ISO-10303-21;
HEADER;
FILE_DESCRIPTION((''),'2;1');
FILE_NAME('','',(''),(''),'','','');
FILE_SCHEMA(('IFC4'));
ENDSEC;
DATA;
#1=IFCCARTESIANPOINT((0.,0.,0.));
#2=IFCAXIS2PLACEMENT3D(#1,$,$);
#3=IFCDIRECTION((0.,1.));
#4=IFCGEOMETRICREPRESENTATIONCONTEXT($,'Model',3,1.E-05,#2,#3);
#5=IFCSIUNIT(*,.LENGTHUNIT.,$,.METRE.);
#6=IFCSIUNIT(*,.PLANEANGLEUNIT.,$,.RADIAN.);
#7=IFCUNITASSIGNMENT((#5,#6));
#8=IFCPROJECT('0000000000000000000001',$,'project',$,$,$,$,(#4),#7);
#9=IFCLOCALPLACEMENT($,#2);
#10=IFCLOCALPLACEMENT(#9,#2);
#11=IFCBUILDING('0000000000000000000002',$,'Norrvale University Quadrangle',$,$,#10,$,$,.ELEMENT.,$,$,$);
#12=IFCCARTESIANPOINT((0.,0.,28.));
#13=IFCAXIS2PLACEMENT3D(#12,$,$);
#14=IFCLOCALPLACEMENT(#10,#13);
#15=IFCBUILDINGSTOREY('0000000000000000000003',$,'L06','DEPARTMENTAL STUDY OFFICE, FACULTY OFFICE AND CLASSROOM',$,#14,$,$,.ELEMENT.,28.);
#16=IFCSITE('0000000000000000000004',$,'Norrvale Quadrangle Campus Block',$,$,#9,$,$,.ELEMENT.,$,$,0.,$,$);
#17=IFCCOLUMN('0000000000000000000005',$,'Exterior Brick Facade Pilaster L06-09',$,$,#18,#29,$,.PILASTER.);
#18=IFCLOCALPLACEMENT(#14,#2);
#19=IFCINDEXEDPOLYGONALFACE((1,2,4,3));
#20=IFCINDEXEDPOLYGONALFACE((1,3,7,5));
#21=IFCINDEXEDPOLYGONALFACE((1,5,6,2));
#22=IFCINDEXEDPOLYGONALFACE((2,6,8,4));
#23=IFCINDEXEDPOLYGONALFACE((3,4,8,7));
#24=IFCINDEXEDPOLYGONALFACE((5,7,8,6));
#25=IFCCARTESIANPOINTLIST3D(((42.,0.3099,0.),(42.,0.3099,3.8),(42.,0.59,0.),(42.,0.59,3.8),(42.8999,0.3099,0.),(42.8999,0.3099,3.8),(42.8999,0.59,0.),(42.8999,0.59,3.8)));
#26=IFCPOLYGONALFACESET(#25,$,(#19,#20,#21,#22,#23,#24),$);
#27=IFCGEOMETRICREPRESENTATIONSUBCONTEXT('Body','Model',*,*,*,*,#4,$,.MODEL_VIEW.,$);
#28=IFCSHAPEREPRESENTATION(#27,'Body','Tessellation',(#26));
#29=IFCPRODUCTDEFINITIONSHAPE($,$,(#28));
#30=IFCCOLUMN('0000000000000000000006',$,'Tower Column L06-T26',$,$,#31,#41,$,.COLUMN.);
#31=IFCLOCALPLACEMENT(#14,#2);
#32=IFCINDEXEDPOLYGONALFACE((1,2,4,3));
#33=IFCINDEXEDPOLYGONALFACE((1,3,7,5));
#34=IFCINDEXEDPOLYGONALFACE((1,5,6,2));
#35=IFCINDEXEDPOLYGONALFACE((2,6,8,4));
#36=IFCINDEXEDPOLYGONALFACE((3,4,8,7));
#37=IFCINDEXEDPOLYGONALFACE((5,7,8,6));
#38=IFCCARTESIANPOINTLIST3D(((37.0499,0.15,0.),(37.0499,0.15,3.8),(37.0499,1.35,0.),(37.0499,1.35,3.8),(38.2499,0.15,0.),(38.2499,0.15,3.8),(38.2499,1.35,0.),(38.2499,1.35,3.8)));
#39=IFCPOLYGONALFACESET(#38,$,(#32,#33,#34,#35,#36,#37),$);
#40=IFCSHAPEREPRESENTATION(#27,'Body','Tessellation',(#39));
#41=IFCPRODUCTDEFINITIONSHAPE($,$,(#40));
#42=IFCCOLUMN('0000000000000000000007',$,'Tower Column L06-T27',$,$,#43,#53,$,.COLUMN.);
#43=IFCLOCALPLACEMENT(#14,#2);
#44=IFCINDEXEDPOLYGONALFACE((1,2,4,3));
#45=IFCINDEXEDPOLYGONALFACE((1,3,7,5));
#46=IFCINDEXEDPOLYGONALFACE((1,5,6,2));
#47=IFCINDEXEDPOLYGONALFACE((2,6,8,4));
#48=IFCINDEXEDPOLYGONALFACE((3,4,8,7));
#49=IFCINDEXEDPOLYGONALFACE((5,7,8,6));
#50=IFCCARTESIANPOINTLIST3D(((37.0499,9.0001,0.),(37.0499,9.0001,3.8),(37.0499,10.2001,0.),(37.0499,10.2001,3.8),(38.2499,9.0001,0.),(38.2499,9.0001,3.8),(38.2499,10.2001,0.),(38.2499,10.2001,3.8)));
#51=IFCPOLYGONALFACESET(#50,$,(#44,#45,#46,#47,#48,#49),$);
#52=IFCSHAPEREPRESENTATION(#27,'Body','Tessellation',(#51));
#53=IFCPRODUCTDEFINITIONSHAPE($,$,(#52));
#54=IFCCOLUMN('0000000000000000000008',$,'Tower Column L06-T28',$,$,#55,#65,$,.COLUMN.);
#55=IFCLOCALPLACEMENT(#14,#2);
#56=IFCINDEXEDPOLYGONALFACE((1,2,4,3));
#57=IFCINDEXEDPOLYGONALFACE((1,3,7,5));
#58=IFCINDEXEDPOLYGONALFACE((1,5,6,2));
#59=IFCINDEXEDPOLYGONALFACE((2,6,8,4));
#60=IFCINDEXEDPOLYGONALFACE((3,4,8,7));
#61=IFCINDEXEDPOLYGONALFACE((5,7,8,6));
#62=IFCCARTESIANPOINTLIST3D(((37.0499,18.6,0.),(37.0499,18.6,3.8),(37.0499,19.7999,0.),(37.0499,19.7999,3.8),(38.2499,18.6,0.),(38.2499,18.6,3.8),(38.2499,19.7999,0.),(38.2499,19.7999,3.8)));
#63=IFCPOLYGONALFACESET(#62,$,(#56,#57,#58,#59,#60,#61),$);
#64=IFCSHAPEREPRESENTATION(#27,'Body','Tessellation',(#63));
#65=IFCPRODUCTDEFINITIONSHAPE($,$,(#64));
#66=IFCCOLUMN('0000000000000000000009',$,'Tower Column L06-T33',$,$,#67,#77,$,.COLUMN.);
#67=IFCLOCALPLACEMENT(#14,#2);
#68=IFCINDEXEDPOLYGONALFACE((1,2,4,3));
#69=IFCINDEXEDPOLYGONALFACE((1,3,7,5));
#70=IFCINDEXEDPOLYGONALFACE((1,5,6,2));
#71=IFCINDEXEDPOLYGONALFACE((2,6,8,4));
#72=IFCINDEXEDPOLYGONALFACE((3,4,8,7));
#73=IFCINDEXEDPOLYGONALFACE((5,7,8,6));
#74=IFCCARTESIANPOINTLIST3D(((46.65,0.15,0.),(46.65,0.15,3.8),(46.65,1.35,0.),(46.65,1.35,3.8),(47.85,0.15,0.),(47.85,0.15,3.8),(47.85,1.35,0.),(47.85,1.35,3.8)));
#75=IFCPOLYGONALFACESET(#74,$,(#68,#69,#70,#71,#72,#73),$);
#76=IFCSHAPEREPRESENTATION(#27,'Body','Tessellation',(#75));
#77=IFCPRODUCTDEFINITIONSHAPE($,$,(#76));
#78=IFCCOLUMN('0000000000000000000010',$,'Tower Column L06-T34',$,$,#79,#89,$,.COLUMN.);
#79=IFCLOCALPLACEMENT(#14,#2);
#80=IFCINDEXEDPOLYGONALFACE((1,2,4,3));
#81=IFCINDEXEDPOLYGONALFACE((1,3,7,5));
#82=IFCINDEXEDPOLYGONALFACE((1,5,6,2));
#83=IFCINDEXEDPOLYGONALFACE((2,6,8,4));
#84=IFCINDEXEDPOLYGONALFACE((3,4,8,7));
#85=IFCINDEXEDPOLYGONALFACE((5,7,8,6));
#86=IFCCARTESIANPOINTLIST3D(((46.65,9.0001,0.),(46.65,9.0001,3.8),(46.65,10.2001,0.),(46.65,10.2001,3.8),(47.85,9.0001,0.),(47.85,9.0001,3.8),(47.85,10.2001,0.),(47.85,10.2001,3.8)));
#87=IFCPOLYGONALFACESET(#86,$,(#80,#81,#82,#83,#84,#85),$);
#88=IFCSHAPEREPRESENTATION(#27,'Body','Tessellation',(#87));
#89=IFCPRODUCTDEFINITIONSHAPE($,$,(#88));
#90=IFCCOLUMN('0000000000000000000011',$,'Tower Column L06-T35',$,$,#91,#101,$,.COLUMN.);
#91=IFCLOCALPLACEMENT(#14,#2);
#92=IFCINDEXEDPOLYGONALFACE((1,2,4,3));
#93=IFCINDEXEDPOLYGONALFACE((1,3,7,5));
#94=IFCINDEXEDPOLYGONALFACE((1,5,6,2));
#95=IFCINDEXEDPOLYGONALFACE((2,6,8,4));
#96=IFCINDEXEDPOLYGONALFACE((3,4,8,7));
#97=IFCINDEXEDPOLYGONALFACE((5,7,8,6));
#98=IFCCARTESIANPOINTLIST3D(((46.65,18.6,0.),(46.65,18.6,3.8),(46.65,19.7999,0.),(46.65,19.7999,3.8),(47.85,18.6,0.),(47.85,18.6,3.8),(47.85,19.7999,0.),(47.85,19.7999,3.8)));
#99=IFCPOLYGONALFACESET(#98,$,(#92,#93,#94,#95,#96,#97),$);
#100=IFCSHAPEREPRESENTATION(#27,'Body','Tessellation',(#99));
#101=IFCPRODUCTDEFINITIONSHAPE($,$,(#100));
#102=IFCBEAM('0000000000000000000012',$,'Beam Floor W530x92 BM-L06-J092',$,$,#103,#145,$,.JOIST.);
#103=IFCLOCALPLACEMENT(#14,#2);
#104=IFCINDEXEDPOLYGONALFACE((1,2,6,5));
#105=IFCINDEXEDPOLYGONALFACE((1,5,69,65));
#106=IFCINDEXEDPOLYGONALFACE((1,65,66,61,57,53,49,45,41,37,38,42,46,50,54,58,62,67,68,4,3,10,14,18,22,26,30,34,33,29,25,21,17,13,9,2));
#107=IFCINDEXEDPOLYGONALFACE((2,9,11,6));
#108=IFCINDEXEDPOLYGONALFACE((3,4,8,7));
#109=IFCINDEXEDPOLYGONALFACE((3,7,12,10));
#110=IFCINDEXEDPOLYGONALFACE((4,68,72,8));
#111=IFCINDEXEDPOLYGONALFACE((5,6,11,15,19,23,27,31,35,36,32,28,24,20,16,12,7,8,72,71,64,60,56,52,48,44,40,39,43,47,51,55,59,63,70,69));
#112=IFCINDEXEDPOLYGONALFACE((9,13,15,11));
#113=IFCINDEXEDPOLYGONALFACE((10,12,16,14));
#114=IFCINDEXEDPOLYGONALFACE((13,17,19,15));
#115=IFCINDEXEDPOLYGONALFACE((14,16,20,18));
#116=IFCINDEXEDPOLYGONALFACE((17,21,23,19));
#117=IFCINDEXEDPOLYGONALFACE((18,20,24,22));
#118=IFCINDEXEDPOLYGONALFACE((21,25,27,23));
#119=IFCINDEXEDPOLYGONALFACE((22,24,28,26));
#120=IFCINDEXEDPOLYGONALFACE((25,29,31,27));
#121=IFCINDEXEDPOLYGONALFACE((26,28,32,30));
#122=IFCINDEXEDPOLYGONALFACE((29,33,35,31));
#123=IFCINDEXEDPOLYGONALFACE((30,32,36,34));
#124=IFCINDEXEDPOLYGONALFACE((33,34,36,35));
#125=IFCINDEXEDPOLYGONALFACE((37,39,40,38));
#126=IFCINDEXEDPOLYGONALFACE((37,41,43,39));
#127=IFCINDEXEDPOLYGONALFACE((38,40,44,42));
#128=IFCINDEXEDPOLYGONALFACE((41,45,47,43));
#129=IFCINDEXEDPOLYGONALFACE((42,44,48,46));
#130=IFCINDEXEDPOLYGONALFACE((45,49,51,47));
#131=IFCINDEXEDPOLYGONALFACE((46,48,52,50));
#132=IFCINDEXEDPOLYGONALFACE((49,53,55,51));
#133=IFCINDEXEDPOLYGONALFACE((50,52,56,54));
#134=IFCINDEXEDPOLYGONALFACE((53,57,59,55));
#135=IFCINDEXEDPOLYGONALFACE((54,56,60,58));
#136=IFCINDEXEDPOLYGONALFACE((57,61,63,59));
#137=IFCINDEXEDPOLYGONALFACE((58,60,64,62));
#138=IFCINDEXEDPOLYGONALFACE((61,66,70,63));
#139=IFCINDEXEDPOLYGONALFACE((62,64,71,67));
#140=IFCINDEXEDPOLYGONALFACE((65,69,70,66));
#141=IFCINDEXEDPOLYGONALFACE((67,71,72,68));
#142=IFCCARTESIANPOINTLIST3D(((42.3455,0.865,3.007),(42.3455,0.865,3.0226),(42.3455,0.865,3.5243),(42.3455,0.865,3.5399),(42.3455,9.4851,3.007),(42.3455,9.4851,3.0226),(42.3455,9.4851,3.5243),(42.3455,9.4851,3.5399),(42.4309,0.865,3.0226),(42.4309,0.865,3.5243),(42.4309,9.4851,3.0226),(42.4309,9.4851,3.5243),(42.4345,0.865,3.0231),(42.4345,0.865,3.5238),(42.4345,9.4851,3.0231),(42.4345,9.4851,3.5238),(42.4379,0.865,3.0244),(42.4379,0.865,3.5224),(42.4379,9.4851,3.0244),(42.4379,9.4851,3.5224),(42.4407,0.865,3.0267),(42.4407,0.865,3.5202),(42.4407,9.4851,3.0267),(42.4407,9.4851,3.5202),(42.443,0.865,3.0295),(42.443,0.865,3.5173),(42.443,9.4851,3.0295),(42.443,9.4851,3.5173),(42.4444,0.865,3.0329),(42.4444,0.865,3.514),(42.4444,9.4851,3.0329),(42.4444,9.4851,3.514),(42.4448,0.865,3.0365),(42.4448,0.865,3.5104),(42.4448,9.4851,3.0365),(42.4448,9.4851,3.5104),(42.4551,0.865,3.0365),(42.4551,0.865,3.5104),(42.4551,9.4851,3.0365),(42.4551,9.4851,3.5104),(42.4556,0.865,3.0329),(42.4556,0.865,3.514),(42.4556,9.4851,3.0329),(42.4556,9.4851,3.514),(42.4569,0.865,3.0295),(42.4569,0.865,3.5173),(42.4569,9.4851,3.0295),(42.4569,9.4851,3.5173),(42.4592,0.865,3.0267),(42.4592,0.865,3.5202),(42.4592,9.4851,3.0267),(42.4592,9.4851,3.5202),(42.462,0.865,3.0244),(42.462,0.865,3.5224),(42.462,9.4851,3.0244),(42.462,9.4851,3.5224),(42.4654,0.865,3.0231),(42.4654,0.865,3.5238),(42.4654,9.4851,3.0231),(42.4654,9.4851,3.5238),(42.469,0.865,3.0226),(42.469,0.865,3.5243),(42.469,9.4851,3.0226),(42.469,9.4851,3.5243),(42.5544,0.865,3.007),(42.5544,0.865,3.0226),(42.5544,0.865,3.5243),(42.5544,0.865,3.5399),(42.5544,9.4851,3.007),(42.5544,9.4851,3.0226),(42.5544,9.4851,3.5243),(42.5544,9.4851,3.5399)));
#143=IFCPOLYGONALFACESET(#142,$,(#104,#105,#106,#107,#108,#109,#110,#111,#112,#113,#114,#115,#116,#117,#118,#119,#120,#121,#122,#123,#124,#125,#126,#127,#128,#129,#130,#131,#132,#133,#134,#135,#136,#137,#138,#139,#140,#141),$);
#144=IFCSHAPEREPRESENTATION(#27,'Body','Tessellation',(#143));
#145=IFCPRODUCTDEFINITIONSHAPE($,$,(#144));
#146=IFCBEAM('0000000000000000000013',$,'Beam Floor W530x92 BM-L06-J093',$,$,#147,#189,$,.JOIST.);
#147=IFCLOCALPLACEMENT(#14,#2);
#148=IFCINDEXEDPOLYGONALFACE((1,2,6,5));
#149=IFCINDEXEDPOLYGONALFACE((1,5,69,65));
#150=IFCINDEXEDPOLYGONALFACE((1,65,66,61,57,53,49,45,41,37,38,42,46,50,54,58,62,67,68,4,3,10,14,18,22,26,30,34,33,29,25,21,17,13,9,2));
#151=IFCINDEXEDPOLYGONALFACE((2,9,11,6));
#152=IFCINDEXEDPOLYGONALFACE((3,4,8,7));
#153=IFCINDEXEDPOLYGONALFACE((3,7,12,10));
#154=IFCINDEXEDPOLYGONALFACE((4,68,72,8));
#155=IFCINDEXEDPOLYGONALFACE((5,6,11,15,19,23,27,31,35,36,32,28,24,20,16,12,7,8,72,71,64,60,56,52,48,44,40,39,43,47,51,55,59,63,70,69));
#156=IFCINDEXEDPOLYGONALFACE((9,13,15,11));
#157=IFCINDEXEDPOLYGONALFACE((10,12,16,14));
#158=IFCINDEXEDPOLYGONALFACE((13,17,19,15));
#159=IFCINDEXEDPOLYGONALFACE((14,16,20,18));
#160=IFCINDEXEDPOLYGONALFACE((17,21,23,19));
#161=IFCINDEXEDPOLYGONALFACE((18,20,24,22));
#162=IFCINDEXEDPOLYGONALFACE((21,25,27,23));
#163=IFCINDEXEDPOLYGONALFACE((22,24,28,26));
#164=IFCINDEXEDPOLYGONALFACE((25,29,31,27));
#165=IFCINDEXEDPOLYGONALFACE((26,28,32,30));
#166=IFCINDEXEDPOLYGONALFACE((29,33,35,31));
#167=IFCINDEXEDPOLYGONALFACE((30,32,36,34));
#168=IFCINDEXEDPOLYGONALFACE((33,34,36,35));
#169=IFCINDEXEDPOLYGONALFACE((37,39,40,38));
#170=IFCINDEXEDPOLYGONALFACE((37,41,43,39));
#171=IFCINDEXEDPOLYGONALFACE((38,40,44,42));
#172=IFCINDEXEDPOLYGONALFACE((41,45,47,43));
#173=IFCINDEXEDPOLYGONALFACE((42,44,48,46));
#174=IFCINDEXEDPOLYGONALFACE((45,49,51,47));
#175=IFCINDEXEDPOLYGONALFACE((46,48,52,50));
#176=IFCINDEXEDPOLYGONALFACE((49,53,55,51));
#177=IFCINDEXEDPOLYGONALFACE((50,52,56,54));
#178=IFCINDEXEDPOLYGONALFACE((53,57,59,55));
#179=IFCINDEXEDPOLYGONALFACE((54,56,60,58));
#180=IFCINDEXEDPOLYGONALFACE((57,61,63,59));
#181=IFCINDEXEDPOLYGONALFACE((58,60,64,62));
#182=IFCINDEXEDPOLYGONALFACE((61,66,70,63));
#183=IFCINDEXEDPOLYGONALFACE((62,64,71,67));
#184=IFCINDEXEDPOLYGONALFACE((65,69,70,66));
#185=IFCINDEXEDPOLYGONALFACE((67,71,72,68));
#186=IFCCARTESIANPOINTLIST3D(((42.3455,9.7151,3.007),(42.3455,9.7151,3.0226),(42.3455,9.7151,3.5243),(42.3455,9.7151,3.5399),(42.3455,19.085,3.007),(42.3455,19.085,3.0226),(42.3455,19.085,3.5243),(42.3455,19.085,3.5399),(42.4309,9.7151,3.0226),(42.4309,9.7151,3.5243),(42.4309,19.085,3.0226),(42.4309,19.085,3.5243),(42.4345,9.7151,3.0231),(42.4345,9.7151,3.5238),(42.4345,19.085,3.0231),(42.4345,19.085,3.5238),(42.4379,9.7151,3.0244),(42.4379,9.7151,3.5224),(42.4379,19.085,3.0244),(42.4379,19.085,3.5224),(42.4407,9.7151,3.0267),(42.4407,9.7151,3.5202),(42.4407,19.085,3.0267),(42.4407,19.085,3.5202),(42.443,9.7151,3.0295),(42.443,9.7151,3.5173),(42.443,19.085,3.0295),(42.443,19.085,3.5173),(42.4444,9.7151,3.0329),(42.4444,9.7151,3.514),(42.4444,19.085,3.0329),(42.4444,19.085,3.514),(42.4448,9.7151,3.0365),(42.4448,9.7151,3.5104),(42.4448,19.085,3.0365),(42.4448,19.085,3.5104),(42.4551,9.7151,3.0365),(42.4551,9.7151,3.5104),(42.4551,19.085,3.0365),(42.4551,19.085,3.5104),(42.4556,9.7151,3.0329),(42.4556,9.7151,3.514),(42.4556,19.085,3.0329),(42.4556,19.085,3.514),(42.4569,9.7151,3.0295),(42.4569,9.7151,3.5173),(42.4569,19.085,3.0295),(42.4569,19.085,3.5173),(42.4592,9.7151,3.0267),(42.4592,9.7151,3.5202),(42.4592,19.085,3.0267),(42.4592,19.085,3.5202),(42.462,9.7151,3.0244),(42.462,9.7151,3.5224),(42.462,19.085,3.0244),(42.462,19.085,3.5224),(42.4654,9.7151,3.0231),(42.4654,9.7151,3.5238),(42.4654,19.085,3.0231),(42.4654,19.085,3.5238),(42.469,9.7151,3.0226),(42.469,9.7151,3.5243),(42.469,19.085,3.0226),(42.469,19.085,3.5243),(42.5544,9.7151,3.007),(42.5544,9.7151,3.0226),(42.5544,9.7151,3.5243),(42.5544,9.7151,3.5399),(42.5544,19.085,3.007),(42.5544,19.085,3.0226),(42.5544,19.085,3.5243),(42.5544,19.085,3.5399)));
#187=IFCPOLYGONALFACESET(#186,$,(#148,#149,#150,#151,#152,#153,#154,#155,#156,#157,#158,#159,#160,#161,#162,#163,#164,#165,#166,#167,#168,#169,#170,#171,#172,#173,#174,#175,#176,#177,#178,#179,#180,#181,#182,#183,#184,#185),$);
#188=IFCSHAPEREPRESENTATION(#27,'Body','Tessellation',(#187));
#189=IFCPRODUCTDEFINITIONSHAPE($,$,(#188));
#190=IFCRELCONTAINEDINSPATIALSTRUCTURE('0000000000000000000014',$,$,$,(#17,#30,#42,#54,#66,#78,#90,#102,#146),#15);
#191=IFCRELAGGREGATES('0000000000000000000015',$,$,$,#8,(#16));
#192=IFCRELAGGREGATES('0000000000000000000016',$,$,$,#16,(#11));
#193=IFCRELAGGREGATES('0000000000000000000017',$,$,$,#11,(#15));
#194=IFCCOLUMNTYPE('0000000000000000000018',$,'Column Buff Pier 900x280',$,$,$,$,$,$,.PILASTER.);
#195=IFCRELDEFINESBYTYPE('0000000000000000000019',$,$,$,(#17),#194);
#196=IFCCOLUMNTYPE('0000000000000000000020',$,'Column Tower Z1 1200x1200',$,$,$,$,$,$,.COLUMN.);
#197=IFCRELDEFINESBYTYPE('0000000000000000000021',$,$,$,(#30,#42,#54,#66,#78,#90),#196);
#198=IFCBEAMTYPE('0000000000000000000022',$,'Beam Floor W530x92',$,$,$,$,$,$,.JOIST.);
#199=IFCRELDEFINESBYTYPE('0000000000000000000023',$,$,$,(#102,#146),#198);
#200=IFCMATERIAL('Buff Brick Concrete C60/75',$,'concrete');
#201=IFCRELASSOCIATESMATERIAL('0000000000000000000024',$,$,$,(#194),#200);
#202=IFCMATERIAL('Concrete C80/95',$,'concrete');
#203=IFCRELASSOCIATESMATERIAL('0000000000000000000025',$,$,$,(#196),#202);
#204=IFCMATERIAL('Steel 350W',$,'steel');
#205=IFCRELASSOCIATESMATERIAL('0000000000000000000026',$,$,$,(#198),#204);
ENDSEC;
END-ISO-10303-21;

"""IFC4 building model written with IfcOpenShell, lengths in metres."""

from ifc_helpers import new_model, si_unit, direction, frame, origin, origin_2d, place, context, subcontext, project, spatial, rectangle, i_section, extrude, material, material_profile, profile_set, type_object, element, save


model = new_model("IFC4")

# Units and contexts
model_context = context("Model", 3, precision=1e-05, world=origin(), true_north=direction((0.0, 1.0)))
body_context = subcontext(model_context, "Body", "Model", "MODEL_VIEW")
ifc_project = project(units=[si_unit("LENGTHUNIT", "METRE"), si_unit("PLANEANGLEUNIT", "RADIAN")], contexts=[model_context])

# Site, building, storey
site_placement = place(None, origin())
site = spatial("IfcSite", under=ifc_project, at=site_placement, Name="Norrvale Quadrangle Campus Block", CompositionType="ELEMENT", RefElevation=0.0)
building_placement = place(site_placement, origin())
building = spatial("IfcBuilding", under=site, at=building_placement, Name="Norrvale University Quadrangle", CompositionType="ELEMENT")
storey_placement = place(building_placement, frame((0.0, 0.0, 28.0)))
storey = spatial("IfcBuildingStorey", under=building, at=storey_placement, Name="L06", Description="DEPARTMENTAL STUDY OFFICE, FACULTY OFFICE AND CLASSROOM", CompositionType="ELEMENT", Elevation=28.0)

# Columns
ifc_material_1 = material(Name="Buff Brick Concrete C60/75", Category="concrete")
ifc_material_profile_1 = material_profile(ifc_material_1, rectangle(XDim=0.8999, YDim=0.28, at=origin_2d()), Name="Buff Brick Concrete C60/75")
ifc_profile_set_1 = profile_set([ifc_material_profile_1], Name="Buff Brick Concrete C60/75")
column_type_1 = type_object("IfcColumnType", Name="Column Buff Pier 900x280", PredefinedType="PILASTER", material=ifc_profile_set_1)
column_placement = place(storey_placement, frame((42.45, 0.45, 0.0), z_axis=(0.0, 0.0, 1.0), x_axis=(1.0, 0.0, 0.0)))
element("IfcColumn", 1, at=column_placement, inside=storey, type_object=column_type_1, Name="Exterior Brick Facade Pilaster L06-09", PredefinedType="PILASTER", context=body_context, shape_type="SweptSolid", body=[
    extrude(rectangle(XDim=0.8999, YDim=0.28, at=origin_2d()), origin(), (0.0, 0.0, 1.0), 3.8),
])
ifc_material_2 = material(Name="Concrete C80/95", Category="concrete")
ifc_material_profile_2 = material_profile(ifc_material_2, rectangle(XDim=1.2, YDim=1.2, at=origin_2d()), Name="Concrete C80/95")
ifc_profile_set_2 = profile_set([ifc_material_profile_2], Name="Concrete C80/95")
column_type_2 = type_object("IfcColumnType", Name="Column Tower Z1 1200x1200", PredefinedType="COLUMN", material=ifc_profile_set_2)
for number, where, z_axis, x_axis, name in (
    (2, (37.6499, 0.75, 0.0), (0.0, 0.0, 1.0), (1.0, 0.0, 0.0), "Tower Column L06-T26"),
    (3, (37.6499, 9.6001, 0.0), (0.0, 0.0, 1.0), (1.0, 0.0, 0.0), "Tower Column L06-T27"),
    (4, (37.6499, 19.2, 0.0), (0.0, 0.0, 1.0), (1.0, 0.0, 0.0), "Tower Column L06-T28"),
    (5, (47.25, 0.75, 0.0), (0.0, 0.0, 1.0), (1.0, 0.0, 0.0), "Tower Column L06-T33"),
    (6, (47.25, 9.6001, 0.0), (0.0, 0.0, 1.0), (1.0, 0.0, 0.0), "Tower Column L06-T34"),
    (7, (47.25, 19.2, 0.0), (0.0, 0.0, 1.0), (1.0, 0.0, 0.0), "Tower Column L06-T35"),
):
    element("IfcColumn", number, at=place(storey_placement, frame(where, z_axis=z_axis, x_axis=x_axis)), inside=storey, type_object=column_type_2, Name=name, PredefinedType="COLUMN", context=body_context, shape_type="SweptSolid", body=[
        extrude(rectangle(XDim=1.2, YDim=1.2, at=origin_2d()), origin(), (0.0, 0.0, 1.0), 3.8),
    ])

# Beams
ifc_material_3 = material(Name="Steel 350W", Category="steel")
ifc_material_profile_3 = material_profile(ifc_material_3, i_section(OverallWidth=0.209, OverallDepth=0.533, WebThickness=0.0103, FlangeThickness=0.0156, FilletRadius=0.0139, at=origin_2d()), Name="Steel 350W")
ifc_profile_set_3 = profile_set([ifc_material_profile_3], Name="Steel 350W")
beam_type_1 = type_object("IfcBeamType", Name="Beam Floor W530x92", PredefinedType="JOIST", material=ifc_profile_set_3)
beam_1_placement = place(storey_placement, frame((42.45, 0.865, 3.2734), z_axis=(0.0, 1.0, 0.0), x_axis=(-1.0, 0.0, 0.0)))
element("IfcBeam", 8, at=beam_1_placement, inside=storey, type_object=beam_type_1, Name="Beam Floor W530x92 BM-L06-J092", PredefinedType="JOIST", context=body_context, shape_type="SweptSolid", body=[
    extrude(i_section(OverallWidth=0.209, OverallDepth=0.533, WebThickness=0.0103, FlangeThickness=0.0156, FilletRadius=0.0139, at=origin_2d()), origin(), (0.0, 0.0, 1.0), 8.6201),
])
beam_2_placement = place(storey_placement, frame((42.45, 9.7151, 3.2734), z_axis=(0.0, 1.0, 0.0), x_axis=(-1.0, 0.0, 0.0)))
element("IfcBeam", 9, at=beam_2_placement, inside=storey, type_object=beam_type_1, Name="Beam Floor W530x92 BM-L06-J093", PredefinedType="JOIST", context=body_context, shape_type="SweptSolid", body=[
    extrude(i_section(OverallWidth=0.209, OverallDepth=0.533, WebThickness=0.0103, FlangeThickness=0.0156, FilletRadius=0.0139, at=origin_2d()), origin(), (0.0, 0.0, 1.0), 9.3699),
])

save(model, "model.ifc")
